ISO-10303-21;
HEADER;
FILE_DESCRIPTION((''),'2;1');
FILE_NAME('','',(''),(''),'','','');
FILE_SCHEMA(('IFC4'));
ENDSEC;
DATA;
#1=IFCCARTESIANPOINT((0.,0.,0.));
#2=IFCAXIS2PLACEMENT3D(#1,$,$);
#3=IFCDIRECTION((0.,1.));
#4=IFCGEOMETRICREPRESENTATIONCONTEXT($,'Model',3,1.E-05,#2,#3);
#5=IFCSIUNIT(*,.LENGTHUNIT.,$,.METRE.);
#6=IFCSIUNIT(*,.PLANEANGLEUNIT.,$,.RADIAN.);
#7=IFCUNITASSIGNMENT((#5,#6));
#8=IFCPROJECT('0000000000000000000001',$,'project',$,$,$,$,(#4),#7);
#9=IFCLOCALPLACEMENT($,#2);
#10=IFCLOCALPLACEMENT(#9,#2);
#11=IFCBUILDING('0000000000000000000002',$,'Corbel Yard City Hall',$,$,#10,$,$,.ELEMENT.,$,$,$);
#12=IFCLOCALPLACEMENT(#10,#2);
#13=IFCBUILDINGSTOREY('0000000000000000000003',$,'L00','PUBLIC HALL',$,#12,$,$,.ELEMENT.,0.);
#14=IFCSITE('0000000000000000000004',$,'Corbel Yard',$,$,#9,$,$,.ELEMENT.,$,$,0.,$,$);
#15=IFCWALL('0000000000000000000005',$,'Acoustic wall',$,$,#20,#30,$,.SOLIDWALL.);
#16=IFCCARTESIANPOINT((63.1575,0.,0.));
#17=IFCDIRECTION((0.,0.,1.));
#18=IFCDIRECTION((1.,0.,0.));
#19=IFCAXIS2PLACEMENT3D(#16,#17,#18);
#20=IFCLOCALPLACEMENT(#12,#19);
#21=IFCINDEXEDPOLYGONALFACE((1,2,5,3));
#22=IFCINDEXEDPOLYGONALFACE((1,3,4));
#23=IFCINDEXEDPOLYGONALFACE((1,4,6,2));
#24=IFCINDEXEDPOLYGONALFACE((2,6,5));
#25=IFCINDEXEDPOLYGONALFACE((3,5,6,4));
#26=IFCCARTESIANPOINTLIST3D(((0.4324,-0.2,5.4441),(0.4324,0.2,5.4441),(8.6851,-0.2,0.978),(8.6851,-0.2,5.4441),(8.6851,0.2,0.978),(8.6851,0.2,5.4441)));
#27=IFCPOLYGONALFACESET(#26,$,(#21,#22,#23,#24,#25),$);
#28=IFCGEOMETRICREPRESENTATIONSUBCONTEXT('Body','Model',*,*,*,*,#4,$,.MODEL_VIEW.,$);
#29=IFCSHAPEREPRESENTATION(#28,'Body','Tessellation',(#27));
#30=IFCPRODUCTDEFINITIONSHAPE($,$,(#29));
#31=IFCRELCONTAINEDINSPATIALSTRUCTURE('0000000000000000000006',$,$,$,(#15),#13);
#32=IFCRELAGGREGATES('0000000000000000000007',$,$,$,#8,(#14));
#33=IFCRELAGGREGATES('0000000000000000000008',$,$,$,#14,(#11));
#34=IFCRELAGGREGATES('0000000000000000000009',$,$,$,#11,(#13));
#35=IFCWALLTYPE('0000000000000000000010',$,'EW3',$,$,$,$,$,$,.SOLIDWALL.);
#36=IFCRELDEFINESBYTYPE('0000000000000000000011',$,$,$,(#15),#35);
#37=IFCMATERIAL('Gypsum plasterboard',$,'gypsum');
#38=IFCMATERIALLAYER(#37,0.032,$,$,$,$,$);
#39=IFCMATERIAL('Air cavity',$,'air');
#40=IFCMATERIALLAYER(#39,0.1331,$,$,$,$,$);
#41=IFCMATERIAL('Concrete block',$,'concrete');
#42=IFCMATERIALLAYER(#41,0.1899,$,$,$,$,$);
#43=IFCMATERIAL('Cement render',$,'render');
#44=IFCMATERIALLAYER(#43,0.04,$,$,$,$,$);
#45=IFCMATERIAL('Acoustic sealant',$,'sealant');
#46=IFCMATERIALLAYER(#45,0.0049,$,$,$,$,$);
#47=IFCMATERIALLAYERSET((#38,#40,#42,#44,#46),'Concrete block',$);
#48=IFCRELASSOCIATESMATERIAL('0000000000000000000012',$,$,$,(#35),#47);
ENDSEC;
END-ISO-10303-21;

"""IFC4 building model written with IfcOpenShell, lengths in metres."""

from ifc_helpers import new_model, si_unit, direction, frame, origin, place, context, subcontext, project, spatial, polyline, outline, extrude, material, layer, layer_set, type_object, element, save


model = new_model("IFC4")

# Units and contexts
model_context = context("Model", 3, precision=1e-05, world=origin(), true_north=direction((0.0, 1.0)))
body_context = subcontext(model_context, "Body", "Model", "MODEL_VIEW")
ifc_project = project(units=[si_unit("LENGTHUNIT", "METRE"), si_unit("PLANEANGLEUNIT", "RADIAN")], contexts=[model_context])

# Site, building, storey
site_placement = place(None, origin())
site = spatial("IfcSite", under=ifc_project, at=site_placement, Name="Corbel Yard", CompositionType="ELEMENT", RefElevation=0.0)
building_placement = place(site_placement, origin())
building = spatial("IfcBuilding", under=site, at=building_placement, Name="Corbel Yard City Hall", CompositionType="ELEMENT")
storey_placement = place(building_placement, origin())
storey = spatial("IfcBuildingStorey", under=building, at=storey_placement, Name="L00", Description="PUBLIC HALL", CompositionType="ELEMENT", Elevation=0.0)

# Wall
ifc_material_1 = material(Name="Gypsum plasterboard", Category="gypsum")
ifc_layer_1 = layer(ifc_material_1, 0.032)
ifc_material_2 = material(Name="Air cavity", Category="air")
ifc_layer_2 = layer(ifc_material_2, 0.1331)
ifc_material_3 = material(Name="Concrete block", Category="concrete")
ifc_layer_3 = layer(ifc_material_3, 0.1899)
ifc_material_4 = material(Name="Cement render", Category="render")
ifc_layer_4 = layer(ifc_material_4, 0.04)
ifc_material_5 = material(Name="Acoustic sealant", Category="sealant")
ifc_layer_5 = layer(ifc_material_5, 0.0049)
ifc_layer_set_1 = layer_set([ifc_layer_1, ifc_layer_2, ifc_layer_3, ifc_layer_4, ifc_layer_5], Name="Concrete block")
wall_type_1 = type_object("IfcWallType", Name="EW3", PredefinedType="SOLIDWALL", material=ifc_layer_set_1)
wall_1_placement = place(storey_placement, frame((63.1575, 0.0, 0.0), z_axis=(0.0, 0.0, 1.0), x_axis=(1.0, 0.0, 0.0)))
element("IfcWall", 1, at=wall_1_placement, inside=storey, type_object=wall_type_1, Name="Acoustic wall", PredefinedType="SOLIDWALL", context=body_context, shape_type="SweptSolid", body=[
    extrude(outline(polyline([(8.6851, 5.4441), (8.6851, 0.978), (0.4324, 5.4441), (8.6851, 5.4441)])), frame((0.0, 0.2, 0.0), z_axis=(0.0, -1.0, 0.0), x_axis=(1.0, 0.0, 0.0)), (0.0, 0.0, 1.0), 0.3999),
])

save(model, "model.ifc")
